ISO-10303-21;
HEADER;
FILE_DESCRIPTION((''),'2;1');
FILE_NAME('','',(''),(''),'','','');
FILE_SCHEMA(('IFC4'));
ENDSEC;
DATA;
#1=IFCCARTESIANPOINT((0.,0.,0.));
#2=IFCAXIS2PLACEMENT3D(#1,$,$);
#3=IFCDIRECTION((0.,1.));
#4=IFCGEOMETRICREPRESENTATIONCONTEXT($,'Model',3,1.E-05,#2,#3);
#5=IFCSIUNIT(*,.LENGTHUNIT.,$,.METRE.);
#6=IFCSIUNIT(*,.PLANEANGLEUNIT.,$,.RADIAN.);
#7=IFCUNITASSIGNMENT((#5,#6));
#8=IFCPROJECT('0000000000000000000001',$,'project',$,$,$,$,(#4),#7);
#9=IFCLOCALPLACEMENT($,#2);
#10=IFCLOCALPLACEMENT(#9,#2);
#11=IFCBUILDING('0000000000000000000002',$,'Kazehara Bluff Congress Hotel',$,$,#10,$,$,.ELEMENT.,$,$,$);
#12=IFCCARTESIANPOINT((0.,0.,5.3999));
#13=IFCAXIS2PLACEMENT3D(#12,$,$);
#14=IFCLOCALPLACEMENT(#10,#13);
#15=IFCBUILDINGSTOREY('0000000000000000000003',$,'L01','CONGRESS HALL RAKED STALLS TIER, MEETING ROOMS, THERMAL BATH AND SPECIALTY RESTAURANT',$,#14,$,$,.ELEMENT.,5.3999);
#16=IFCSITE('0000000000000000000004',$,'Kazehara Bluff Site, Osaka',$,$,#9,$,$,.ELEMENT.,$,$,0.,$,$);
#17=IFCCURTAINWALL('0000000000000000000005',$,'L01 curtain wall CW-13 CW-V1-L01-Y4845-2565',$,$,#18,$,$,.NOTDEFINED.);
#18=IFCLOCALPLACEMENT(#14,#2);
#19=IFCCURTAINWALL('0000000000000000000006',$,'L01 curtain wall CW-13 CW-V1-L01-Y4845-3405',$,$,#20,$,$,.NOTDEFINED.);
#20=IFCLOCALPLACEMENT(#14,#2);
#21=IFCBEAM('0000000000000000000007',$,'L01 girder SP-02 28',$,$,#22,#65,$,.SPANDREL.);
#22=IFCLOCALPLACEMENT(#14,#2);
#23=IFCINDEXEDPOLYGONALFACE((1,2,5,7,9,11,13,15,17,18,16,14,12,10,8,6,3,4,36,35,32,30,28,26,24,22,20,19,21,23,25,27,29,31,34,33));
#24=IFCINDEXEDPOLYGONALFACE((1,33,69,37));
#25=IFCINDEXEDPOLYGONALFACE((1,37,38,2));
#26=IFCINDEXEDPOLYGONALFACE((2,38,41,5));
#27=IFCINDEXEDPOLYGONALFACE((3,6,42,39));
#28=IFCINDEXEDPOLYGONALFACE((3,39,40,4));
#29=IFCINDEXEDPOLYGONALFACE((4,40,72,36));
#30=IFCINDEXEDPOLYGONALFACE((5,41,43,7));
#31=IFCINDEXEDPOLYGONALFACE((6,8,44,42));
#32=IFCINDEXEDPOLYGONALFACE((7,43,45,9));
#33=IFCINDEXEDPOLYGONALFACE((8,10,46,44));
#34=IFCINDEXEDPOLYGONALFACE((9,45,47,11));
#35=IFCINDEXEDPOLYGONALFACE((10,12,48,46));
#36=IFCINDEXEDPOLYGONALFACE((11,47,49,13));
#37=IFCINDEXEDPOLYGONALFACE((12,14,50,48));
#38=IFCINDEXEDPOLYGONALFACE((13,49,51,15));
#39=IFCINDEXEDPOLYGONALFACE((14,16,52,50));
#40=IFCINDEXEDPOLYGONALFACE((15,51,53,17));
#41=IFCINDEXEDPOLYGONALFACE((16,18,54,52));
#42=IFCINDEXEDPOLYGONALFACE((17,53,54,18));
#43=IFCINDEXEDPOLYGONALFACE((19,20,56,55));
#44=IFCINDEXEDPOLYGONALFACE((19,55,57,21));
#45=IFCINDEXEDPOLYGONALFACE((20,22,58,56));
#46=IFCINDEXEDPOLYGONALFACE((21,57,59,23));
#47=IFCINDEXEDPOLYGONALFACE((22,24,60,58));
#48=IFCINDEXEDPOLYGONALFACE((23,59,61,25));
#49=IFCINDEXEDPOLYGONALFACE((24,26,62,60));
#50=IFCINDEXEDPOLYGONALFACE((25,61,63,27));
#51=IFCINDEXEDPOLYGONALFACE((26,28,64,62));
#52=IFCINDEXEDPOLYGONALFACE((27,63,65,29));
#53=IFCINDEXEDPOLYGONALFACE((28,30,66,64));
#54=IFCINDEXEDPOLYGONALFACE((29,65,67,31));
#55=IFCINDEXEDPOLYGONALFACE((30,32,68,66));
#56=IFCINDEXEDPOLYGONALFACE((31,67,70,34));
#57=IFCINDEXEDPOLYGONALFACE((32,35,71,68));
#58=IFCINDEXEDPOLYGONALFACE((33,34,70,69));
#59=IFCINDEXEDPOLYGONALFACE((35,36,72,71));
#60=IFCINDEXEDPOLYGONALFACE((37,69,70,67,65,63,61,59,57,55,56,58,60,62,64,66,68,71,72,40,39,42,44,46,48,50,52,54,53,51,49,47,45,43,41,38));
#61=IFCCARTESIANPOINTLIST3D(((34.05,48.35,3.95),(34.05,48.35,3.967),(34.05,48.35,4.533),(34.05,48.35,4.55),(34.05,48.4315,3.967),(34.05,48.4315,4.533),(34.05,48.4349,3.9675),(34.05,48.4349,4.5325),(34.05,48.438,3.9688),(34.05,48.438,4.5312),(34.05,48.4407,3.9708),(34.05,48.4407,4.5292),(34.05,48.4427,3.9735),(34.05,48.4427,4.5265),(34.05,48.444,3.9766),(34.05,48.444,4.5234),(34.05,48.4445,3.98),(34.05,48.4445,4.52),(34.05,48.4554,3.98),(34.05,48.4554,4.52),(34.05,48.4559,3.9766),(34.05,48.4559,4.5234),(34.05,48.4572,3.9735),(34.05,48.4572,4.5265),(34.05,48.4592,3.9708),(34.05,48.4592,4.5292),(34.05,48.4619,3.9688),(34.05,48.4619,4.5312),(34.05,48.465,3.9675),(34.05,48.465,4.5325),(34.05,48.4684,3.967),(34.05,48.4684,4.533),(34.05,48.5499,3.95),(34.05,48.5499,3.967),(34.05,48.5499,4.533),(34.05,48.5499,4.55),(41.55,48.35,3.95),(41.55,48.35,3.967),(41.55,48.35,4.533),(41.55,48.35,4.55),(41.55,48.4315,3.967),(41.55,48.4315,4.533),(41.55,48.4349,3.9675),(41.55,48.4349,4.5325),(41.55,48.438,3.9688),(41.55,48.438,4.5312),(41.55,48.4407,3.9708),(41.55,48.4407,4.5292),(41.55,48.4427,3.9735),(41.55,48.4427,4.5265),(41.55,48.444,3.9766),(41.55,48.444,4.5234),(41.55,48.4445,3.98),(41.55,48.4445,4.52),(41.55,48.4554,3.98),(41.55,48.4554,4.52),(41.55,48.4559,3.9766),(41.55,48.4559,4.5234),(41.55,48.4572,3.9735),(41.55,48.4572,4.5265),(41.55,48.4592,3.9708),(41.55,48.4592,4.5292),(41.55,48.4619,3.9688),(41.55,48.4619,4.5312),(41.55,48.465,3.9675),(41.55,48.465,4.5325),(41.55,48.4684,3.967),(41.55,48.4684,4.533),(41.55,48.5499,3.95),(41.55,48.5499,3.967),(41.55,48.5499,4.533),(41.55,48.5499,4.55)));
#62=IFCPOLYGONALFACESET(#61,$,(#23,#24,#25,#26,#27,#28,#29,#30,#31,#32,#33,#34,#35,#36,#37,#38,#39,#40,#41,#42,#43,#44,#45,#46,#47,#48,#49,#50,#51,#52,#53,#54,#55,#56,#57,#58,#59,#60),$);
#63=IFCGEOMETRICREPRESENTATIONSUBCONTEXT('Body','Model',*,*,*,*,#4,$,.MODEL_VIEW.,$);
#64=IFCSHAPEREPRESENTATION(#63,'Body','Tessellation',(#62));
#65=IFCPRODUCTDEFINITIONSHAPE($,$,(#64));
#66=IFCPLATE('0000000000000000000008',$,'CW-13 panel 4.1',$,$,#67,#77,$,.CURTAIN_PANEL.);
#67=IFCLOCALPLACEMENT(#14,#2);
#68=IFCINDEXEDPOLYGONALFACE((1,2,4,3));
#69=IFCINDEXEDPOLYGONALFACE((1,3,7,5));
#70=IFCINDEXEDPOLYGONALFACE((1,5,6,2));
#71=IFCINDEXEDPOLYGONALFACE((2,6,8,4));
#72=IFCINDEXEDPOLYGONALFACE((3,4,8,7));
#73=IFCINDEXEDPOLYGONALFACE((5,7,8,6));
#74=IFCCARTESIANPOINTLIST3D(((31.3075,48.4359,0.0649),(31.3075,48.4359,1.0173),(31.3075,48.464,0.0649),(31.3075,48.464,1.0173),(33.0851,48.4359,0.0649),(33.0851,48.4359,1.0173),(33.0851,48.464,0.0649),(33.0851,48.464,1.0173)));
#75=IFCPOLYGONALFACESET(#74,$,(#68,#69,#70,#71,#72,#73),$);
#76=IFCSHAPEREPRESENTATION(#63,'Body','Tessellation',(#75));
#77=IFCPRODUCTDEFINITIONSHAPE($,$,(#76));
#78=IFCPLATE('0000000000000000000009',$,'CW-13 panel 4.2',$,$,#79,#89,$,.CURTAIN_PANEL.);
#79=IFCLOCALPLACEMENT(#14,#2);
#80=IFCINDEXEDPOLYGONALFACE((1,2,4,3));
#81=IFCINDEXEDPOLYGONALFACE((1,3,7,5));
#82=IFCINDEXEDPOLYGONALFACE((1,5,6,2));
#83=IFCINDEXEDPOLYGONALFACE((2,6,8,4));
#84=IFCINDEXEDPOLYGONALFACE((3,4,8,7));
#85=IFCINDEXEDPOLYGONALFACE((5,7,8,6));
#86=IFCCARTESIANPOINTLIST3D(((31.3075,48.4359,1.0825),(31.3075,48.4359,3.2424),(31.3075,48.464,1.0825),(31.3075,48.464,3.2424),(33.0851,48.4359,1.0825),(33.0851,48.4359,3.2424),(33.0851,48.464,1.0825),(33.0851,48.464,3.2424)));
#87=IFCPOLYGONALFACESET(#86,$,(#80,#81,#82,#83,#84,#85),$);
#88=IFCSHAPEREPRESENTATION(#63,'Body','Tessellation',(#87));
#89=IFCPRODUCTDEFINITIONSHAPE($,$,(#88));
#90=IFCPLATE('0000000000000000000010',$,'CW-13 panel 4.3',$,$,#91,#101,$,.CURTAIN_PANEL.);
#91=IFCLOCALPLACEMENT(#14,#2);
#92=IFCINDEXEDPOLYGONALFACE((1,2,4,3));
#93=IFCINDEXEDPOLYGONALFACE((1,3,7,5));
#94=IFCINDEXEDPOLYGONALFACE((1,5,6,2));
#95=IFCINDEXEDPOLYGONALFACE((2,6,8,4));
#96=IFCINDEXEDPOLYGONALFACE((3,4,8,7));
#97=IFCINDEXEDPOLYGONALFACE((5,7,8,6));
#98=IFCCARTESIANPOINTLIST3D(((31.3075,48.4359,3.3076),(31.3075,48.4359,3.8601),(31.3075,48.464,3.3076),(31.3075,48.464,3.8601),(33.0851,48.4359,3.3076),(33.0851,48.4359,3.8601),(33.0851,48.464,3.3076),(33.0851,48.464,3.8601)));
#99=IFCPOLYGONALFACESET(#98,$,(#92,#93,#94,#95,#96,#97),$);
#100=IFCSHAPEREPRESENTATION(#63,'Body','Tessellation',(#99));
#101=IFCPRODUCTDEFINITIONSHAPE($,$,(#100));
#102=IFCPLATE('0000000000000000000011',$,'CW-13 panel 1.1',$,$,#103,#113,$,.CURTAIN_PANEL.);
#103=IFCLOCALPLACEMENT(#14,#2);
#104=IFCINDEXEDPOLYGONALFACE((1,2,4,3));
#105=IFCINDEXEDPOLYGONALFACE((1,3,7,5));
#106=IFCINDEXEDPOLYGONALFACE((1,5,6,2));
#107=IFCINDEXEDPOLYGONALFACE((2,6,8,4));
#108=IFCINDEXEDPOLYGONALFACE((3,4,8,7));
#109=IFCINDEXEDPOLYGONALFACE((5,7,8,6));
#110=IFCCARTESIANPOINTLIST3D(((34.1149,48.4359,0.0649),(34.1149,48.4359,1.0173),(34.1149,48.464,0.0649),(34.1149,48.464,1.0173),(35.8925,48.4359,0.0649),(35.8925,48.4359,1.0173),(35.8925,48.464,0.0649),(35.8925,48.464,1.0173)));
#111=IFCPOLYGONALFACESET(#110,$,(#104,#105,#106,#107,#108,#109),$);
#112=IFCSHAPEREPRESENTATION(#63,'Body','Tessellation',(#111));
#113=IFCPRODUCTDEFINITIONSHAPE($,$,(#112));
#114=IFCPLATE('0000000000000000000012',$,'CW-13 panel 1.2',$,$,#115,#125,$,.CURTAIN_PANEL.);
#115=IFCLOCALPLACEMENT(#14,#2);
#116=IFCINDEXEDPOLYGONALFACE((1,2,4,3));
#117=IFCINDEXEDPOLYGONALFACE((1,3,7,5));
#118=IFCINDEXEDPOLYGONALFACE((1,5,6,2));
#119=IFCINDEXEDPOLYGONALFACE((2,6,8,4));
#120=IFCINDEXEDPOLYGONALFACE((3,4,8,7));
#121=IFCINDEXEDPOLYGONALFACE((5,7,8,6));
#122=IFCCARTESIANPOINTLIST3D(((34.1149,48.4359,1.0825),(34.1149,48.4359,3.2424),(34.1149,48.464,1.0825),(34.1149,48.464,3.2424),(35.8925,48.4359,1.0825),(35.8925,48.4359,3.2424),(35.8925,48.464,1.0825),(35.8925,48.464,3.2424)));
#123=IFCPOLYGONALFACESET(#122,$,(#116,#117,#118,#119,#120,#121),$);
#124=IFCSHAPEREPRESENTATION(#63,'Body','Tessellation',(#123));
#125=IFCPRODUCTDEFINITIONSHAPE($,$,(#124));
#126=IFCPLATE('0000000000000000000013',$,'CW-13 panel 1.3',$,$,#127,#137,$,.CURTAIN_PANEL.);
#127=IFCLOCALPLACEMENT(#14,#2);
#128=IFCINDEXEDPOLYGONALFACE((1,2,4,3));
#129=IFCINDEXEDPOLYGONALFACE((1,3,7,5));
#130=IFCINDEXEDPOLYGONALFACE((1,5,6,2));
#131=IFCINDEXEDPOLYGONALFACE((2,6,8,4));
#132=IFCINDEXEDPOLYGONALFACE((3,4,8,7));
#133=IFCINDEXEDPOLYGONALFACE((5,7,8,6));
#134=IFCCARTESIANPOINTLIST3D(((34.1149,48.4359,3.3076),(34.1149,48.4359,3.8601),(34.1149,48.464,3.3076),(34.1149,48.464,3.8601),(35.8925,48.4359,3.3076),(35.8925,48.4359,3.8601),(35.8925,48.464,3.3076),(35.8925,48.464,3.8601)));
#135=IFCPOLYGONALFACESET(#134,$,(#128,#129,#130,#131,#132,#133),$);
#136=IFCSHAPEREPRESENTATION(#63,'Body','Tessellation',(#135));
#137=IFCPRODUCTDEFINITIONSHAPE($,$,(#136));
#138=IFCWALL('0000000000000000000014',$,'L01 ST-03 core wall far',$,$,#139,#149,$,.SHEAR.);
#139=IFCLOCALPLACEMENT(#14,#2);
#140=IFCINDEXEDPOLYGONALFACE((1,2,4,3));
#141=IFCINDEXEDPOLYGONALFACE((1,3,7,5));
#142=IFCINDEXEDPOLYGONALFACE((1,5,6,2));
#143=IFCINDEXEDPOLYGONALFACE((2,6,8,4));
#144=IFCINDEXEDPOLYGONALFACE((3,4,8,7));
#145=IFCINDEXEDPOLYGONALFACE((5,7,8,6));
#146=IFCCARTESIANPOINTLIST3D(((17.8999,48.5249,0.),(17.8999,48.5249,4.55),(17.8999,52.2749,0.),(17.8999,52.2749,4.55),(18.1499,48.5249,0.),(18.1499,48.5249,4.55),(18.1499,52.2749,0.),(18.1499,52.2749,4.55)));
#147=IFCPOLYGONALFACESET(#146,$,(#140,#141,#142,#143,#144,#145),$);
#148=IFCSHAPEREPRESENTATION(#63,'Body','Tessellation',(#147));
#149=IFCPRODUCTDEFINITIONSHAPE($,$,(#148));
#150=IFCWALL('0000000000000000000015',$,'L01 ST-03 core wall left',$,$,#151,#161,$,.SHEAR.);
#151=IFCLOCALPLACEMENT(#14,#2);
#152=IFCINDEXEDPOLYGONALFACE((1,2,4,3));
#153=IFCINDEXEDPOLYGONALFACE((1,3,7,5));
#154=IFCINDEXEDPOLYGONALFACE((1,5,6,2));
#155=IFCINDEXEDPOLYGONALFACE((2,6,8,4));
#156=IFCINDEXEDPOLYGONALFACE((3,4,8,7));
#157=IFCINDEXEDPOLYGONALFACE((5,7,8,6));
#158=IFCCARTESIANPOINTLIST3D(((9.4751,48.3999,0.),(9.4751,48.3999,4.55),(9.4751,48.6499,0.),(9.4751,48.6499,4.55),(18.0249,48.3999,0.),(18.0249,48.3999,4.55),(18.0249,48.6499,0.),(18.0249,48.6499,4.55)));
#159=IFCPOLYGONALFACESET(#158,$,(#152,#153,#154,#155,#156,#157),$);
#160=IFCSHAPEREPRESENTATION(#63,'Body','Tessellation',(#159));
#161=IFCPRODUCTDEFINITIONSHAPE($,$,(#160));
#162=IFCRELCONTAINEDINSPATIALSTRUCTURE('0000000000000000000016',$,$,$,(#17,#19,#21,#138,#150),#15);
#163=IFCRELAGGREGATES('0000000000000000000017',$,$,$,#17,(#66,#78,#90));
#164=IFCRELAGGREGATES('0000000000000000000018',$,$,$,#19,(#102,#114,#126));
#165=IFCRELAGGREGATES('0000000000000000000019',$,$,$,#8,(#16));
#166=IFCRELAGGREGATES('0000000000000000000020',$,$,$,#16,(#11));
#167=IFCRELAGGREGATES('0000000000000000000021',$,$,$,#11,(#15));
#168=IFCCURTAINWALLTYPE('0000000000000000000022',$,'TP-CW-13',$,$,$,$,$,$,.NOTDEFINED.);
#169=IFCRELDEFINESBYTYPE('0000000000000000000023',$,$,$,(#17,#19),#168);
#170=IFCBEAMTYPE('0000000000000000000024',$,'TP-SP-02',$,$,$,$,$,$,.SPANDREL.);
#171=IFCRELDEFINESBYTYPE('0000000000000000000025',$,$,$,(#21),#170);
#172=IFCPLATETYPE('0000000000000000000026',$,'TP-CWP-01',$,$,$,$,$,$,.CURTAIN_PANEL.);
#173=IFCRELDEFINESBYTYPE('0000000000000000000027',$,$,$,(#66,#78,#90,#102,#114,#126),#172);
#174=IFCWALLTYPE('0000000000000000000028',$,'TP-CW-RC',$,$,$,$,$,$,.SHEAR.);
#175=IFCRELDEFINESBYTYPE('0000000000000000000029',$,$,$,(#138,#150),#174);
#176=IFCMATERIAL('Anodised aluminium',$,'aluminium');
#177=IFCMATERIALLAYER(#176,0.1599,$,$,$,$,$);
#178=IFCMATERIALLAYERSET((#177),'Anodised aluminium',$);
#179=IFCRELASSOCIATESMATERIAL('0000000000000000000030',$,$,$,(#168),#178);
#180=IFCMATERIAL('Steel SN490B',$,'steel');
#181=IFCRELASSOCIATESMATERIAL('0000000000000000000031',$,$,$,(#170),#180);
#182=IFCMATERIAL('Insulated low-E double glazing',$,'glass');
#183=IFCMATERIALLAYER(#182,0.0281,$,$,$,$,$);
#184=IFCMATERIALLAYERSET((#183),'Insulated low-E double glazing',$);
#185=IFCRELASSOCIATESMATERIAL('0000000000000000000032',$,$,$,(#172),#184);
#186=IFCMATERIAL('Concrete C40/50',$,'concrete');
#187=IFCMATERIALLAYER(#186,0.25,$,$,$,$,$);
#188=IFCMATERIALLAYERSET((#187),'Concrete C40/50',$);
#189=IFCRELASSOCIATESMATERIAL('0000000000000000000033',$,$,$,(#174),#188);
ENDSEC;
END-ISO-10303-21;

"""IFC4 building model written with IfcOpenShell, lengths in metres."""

from ifc_helpers import new_model, si_unit, direction, frame, frame_2d, origin, origin_2d, place, context, subcontext, project, spatial, rectangle, i_section, extrude, material, layer, layer_set, material_profile, profile_set, type_object, element, aggregate, save


model = new_model("IFC4")

# Units and contexts
model_context = context("Model", 3, precision=1e-05, world=origin(), true_north=direction((0.0, 1.0)))
body_context = subcontext(model_context, "Body", "Model", "MODEL_VIEW")
ifc_project = project(units=[si_unit("LENGTHUNIT", "METRE"), si_unit("PLANEANGLEUNIT", "RADIAN")], contexts=[model_context])

# Site, building, storey
site_placement = place(None, origin())
site = spatial("IfcSite", under=ifc_project, at=site_placement, Name="Kazehara Bluff Site, Osaka", CompositionType="ELEMENT", RefElevation=0.0)
building_placement = place(site_placement, origin())
building = spatial("IfcBuilding", under=site, at=building_placement, Name="Kazehara Bluff Congress Hotel", CompositionType="ELEMENT")
storey_placement = place(building_placement, frame((0.0, 0.0, 5.3999)))
storey = spatial("IfcBuildingStorey", under=building, at=storey_placement, Name="L01", Description="CONGRESS HALL RAKED STALLS TIER, MEETING ROOMS, THERMAL BATH AND SPECIALTY RESTAURANT", CompositionType="ELEMENT", Elevation=5.3999)

# Curtain walls
ifc_material_1 = material(Name="Anodised aluminium", Category="aluminium")
ifc_layer_1 = layer(ifc_material_1, 0.1599)
ifc_layer_set_1 = layer_set([ifc_layer_1], Name="Anodised aluminium")
curtain_wall_type = type_object("IfcCurtainWallType", Name="TP-CW-13", PredefinedType="NOTDEFINED", material=ifc_layer_set_1)
curtain_wall_1_placement = place(storey_placement, origin())
curtain_wall_1 = element("IfcCurtainWall", 1, at=curtain_wall_1_placement, inside=storey, type_object=curtain_wall_type, Name="L01 curtain wall CW-13 CW-V1-L01-Y4845-2565", PredefinedType="NOTDEFINED")
curtain_wall_2_placement = place(storey_placement, origin())
curtain_wall_2 = element("IfcCurtainWall", 2, at=curtain_wall_2_placement, inside=storey, type_object=curtain_wall_type, Name="L01 curtain wall CW-13 CW-V1-L01-Y4845-3405", PredefinedType="NOTDEFINED")

# Beam
ifc_material_2 = material(Name="Steel SN490B", Category="steel")
ifc_material_profile_1 = material_profile(ifc_material_2, i_section(OverallWidth=0.2, OverallDepth=0.6001, WebThickness=0.011, FlangeThickness=0.0171, FilletRadius=0.0129, at=origin_2d()))
ifc_profile_set_1 = profile_set([ifc_material_profile_1], Name="Steel SN490B")
beam_type_1 = type_object("IfcBeamType", Name="TP-SP-02", PredefinedType="SPANDREL", material=ifc_profile_set_1)
beam_placement = place(storey_placement, frame((34.05, 48.45, 4.25), z_axis=(1.0, 0.0, 0.0), x_axis=(0.0, 1.0, 0.0)))
element("IfcBeam", 3, at=beam_placement, inside=storey, type_object=beam_type_1, Name="L01 girder SP-02 28", PredefinedType="SPANDREL", context=body_context, shape_type="SweptSolid", body=[
    extrude(i_section(OverallWidth=0.2, OverallDepth=0.6001, WebThickness=0.011, FlangeThickness=0.0171, FilletRadius=0.0129, at=origin_2d()), origin(), (0.0, 0.0, 1.0), 7.5),
])

# Plates
ifc_material_3 = material(Name="Insulated low-E double glazing", Category="glass")
ifc_layer_2 = layer(ifc_material_3, 0.0281)
ifc_layer_set_2 = layer_set([ifc_layer_2], Name="Insulated low-E double glazing")
plate_type = type_object("IfcPlateType", Name="TP-CWP-01", PredefinedType="CURTAIN_PANEL", material=ifc_layer_set_2)
plate_1_placement = place(storey_placement, frame((32.1963, 48.45, 0.0649), z_axis=(0.0, 0.0, 1.0), x_axis=(1.0, 0.0, 0.0)))
plate_1 = element("IfcPlate", 4, at=plate_1_placement, type_object=plate_type, Name="CW-13 panel 4.1", PredefinedType="CURTAIN_PANEL", context=body_context, shape_type="SweptSolid", body=[
    extrude(rectangle(XDim=1.7776, YDim=0.0281, at=origin_2d()), origin(), (0.0, 0.0, 1.0), 0.9524),
])
plate_2_placement = place(storey_placement, frame((32.1963, 48.45, 1.0825), z_axis=(0.0, 0.0, 1.0), x_axis=(1.0, 0.0, 0.0)))
plate_2 = element("IfcPlate", 5, at=plate_2_placement, type_object=plate_type, Name="CW-13 panel 4.2", PredefinedType="CURTAIN_PANEL", context=body_context, shape_type="SweptSolid", body=[
    extrude(rectangle(XDim=1.7776, YDim=0.0281, at=origin_2d()), origin(), (0.0, 0.0, 1.0), 2.1599),
])
plate_3_placement = place(storey_placement, frame((32.1963, 48.45, 3.3076), z_axis=(0.0, 0.0, 1.0), x_axis=(1.0, 0.0, 0.0)))
plate_3 = element("IfcPlate", 6, at=plate_3_placement, type_object=plate_type, Name="CW-13 panel 4.3", PredefinedType="CURTAIN_PANEL", context=body_context, shape_type="SweptSolid", body=[
    extrude(rectangle(XDim=1.7776, YDim=0.0281, at=origin_2d()), origin(), (0.0, 0.0, 1.0), 0.5525),
])
aggregate(curtain_wall_1, [plate_1, plate_2, plate_3])
plate_4_placement = place(storey_placement, frame((35.0037, 48.45, 0.0649), z_axis=(0.0, 0.0, 1.0), x_axis=(1.0, 0.0, 0.0)))
plate_4 = element("IfcPlate", 7, at=plate_4_placement, type_object=plate_type, Name="CW-13 panel 1.1", PredefinedType="CURTAIN_PANEL", context=body_context, shape_type="SweptSolid", body=[
    extrude(rectangle(XDim=1.7776, YDim=0.0281, at=origin_2d()), origin(), (0.0, 0.0, 1.0), 0.9524),
])
plate_5_placement = place(storey_placement, frame((35.0037, 48.45, 1.0825), z_axis=(0.0, 0.0, 1.0), x_axis=(1.0, 0.0, 0.0)))
plate_5 = element("IfcPlate", 8, at=plate_5_placement, type_object=plate_type, Name="CW-13 panel 1.2", PredefinedType="CURTAIN_PANEL", context=body_context, shape_type="SweptSolid", body=[
    extrude(rectangle(XDim=1.7776, YDim=0.0281, at=origin_2d()), origin(), (0.0, 0.0, 1.0), 2.1599),
])
plate_6_placement = place(storey_placement, frame((35.0037, 48.45, 3.3076), z_axis=(0.0, 0.0, 1.0), x_axis=(1.0, 0.0, 0.0)))
plate_6 = element("IfcPlate", 9, at=plate_6_placement, type_object=plate_type, Name="CW-13 panel 1.3", PredefinedType="CURTAIN_PANEL", context=body_context, shape_type="SweptSolid", body=[
    extrude(rectangle(XDim=1.7776, YDim=0.0281, at=origin_2d()), origin(), (0.0, 0.0, 1.0), 0.5525),
])
aggregate(curtain_wall_2, [plate_4, plate_5, plate_6])

# Walls
ifc_material_4 = material(Name="Concrete C40/50", Category="concrete")
ifc_layer_3 = layer(ifc_material_4, 0.25)
ifc_layer_set_3 = layer_set([ifc_layer_3], Name="Concrete C40/50")
wall_type_1 = type_object("IfcWallType", Name="TP-CW-RC", PredefinedType="SHEAR", material=ifc_layer_set_3)
wall_1_placement = place(storey_placement, frame((18.0249, 52.2749, 0.0), z_axis=(0.0, 0.0, 1.0), x_axis=(0.0, -1.0, 0.0)))
element("IfcWall", 10, at=wall_1_placement, inside=storey, type_object=wall_type_1, Name="L01 ST-03 core wall far", PredefinedType="SHEAR", context=body_context, shape_type="SweptSolid", body=[
    extrude(rectangle(XDim=3.75, YDim=0.25, at=frame_2d((1.875, 0.0))), origin(), (0.0, 0.0, 1.0), 4.55),
])
wall_2_placement = place(storey_placement, frame((18.0249, 48.5249, 0.0), z_axis=(0.0, 0.0, 1.0), x_axis=(-1.0, 0.0, 0.0)))
element("IfcWall", 11, at=wall_2_placement, inside=storey, type_object=wall_type_1, Name="L01 ST-03 core wall left", PredefinedType="SHEAR", context=body_context, shape_type="SweptSolid", body=[
    extrude(rectangle(XDim=8.5498, YDim=0.25, at=frame_2d((4.2749, 0.0))), origin(), (0.0, 0.0, 1.0), 4.55),
])

save(model, "model.ifc")
